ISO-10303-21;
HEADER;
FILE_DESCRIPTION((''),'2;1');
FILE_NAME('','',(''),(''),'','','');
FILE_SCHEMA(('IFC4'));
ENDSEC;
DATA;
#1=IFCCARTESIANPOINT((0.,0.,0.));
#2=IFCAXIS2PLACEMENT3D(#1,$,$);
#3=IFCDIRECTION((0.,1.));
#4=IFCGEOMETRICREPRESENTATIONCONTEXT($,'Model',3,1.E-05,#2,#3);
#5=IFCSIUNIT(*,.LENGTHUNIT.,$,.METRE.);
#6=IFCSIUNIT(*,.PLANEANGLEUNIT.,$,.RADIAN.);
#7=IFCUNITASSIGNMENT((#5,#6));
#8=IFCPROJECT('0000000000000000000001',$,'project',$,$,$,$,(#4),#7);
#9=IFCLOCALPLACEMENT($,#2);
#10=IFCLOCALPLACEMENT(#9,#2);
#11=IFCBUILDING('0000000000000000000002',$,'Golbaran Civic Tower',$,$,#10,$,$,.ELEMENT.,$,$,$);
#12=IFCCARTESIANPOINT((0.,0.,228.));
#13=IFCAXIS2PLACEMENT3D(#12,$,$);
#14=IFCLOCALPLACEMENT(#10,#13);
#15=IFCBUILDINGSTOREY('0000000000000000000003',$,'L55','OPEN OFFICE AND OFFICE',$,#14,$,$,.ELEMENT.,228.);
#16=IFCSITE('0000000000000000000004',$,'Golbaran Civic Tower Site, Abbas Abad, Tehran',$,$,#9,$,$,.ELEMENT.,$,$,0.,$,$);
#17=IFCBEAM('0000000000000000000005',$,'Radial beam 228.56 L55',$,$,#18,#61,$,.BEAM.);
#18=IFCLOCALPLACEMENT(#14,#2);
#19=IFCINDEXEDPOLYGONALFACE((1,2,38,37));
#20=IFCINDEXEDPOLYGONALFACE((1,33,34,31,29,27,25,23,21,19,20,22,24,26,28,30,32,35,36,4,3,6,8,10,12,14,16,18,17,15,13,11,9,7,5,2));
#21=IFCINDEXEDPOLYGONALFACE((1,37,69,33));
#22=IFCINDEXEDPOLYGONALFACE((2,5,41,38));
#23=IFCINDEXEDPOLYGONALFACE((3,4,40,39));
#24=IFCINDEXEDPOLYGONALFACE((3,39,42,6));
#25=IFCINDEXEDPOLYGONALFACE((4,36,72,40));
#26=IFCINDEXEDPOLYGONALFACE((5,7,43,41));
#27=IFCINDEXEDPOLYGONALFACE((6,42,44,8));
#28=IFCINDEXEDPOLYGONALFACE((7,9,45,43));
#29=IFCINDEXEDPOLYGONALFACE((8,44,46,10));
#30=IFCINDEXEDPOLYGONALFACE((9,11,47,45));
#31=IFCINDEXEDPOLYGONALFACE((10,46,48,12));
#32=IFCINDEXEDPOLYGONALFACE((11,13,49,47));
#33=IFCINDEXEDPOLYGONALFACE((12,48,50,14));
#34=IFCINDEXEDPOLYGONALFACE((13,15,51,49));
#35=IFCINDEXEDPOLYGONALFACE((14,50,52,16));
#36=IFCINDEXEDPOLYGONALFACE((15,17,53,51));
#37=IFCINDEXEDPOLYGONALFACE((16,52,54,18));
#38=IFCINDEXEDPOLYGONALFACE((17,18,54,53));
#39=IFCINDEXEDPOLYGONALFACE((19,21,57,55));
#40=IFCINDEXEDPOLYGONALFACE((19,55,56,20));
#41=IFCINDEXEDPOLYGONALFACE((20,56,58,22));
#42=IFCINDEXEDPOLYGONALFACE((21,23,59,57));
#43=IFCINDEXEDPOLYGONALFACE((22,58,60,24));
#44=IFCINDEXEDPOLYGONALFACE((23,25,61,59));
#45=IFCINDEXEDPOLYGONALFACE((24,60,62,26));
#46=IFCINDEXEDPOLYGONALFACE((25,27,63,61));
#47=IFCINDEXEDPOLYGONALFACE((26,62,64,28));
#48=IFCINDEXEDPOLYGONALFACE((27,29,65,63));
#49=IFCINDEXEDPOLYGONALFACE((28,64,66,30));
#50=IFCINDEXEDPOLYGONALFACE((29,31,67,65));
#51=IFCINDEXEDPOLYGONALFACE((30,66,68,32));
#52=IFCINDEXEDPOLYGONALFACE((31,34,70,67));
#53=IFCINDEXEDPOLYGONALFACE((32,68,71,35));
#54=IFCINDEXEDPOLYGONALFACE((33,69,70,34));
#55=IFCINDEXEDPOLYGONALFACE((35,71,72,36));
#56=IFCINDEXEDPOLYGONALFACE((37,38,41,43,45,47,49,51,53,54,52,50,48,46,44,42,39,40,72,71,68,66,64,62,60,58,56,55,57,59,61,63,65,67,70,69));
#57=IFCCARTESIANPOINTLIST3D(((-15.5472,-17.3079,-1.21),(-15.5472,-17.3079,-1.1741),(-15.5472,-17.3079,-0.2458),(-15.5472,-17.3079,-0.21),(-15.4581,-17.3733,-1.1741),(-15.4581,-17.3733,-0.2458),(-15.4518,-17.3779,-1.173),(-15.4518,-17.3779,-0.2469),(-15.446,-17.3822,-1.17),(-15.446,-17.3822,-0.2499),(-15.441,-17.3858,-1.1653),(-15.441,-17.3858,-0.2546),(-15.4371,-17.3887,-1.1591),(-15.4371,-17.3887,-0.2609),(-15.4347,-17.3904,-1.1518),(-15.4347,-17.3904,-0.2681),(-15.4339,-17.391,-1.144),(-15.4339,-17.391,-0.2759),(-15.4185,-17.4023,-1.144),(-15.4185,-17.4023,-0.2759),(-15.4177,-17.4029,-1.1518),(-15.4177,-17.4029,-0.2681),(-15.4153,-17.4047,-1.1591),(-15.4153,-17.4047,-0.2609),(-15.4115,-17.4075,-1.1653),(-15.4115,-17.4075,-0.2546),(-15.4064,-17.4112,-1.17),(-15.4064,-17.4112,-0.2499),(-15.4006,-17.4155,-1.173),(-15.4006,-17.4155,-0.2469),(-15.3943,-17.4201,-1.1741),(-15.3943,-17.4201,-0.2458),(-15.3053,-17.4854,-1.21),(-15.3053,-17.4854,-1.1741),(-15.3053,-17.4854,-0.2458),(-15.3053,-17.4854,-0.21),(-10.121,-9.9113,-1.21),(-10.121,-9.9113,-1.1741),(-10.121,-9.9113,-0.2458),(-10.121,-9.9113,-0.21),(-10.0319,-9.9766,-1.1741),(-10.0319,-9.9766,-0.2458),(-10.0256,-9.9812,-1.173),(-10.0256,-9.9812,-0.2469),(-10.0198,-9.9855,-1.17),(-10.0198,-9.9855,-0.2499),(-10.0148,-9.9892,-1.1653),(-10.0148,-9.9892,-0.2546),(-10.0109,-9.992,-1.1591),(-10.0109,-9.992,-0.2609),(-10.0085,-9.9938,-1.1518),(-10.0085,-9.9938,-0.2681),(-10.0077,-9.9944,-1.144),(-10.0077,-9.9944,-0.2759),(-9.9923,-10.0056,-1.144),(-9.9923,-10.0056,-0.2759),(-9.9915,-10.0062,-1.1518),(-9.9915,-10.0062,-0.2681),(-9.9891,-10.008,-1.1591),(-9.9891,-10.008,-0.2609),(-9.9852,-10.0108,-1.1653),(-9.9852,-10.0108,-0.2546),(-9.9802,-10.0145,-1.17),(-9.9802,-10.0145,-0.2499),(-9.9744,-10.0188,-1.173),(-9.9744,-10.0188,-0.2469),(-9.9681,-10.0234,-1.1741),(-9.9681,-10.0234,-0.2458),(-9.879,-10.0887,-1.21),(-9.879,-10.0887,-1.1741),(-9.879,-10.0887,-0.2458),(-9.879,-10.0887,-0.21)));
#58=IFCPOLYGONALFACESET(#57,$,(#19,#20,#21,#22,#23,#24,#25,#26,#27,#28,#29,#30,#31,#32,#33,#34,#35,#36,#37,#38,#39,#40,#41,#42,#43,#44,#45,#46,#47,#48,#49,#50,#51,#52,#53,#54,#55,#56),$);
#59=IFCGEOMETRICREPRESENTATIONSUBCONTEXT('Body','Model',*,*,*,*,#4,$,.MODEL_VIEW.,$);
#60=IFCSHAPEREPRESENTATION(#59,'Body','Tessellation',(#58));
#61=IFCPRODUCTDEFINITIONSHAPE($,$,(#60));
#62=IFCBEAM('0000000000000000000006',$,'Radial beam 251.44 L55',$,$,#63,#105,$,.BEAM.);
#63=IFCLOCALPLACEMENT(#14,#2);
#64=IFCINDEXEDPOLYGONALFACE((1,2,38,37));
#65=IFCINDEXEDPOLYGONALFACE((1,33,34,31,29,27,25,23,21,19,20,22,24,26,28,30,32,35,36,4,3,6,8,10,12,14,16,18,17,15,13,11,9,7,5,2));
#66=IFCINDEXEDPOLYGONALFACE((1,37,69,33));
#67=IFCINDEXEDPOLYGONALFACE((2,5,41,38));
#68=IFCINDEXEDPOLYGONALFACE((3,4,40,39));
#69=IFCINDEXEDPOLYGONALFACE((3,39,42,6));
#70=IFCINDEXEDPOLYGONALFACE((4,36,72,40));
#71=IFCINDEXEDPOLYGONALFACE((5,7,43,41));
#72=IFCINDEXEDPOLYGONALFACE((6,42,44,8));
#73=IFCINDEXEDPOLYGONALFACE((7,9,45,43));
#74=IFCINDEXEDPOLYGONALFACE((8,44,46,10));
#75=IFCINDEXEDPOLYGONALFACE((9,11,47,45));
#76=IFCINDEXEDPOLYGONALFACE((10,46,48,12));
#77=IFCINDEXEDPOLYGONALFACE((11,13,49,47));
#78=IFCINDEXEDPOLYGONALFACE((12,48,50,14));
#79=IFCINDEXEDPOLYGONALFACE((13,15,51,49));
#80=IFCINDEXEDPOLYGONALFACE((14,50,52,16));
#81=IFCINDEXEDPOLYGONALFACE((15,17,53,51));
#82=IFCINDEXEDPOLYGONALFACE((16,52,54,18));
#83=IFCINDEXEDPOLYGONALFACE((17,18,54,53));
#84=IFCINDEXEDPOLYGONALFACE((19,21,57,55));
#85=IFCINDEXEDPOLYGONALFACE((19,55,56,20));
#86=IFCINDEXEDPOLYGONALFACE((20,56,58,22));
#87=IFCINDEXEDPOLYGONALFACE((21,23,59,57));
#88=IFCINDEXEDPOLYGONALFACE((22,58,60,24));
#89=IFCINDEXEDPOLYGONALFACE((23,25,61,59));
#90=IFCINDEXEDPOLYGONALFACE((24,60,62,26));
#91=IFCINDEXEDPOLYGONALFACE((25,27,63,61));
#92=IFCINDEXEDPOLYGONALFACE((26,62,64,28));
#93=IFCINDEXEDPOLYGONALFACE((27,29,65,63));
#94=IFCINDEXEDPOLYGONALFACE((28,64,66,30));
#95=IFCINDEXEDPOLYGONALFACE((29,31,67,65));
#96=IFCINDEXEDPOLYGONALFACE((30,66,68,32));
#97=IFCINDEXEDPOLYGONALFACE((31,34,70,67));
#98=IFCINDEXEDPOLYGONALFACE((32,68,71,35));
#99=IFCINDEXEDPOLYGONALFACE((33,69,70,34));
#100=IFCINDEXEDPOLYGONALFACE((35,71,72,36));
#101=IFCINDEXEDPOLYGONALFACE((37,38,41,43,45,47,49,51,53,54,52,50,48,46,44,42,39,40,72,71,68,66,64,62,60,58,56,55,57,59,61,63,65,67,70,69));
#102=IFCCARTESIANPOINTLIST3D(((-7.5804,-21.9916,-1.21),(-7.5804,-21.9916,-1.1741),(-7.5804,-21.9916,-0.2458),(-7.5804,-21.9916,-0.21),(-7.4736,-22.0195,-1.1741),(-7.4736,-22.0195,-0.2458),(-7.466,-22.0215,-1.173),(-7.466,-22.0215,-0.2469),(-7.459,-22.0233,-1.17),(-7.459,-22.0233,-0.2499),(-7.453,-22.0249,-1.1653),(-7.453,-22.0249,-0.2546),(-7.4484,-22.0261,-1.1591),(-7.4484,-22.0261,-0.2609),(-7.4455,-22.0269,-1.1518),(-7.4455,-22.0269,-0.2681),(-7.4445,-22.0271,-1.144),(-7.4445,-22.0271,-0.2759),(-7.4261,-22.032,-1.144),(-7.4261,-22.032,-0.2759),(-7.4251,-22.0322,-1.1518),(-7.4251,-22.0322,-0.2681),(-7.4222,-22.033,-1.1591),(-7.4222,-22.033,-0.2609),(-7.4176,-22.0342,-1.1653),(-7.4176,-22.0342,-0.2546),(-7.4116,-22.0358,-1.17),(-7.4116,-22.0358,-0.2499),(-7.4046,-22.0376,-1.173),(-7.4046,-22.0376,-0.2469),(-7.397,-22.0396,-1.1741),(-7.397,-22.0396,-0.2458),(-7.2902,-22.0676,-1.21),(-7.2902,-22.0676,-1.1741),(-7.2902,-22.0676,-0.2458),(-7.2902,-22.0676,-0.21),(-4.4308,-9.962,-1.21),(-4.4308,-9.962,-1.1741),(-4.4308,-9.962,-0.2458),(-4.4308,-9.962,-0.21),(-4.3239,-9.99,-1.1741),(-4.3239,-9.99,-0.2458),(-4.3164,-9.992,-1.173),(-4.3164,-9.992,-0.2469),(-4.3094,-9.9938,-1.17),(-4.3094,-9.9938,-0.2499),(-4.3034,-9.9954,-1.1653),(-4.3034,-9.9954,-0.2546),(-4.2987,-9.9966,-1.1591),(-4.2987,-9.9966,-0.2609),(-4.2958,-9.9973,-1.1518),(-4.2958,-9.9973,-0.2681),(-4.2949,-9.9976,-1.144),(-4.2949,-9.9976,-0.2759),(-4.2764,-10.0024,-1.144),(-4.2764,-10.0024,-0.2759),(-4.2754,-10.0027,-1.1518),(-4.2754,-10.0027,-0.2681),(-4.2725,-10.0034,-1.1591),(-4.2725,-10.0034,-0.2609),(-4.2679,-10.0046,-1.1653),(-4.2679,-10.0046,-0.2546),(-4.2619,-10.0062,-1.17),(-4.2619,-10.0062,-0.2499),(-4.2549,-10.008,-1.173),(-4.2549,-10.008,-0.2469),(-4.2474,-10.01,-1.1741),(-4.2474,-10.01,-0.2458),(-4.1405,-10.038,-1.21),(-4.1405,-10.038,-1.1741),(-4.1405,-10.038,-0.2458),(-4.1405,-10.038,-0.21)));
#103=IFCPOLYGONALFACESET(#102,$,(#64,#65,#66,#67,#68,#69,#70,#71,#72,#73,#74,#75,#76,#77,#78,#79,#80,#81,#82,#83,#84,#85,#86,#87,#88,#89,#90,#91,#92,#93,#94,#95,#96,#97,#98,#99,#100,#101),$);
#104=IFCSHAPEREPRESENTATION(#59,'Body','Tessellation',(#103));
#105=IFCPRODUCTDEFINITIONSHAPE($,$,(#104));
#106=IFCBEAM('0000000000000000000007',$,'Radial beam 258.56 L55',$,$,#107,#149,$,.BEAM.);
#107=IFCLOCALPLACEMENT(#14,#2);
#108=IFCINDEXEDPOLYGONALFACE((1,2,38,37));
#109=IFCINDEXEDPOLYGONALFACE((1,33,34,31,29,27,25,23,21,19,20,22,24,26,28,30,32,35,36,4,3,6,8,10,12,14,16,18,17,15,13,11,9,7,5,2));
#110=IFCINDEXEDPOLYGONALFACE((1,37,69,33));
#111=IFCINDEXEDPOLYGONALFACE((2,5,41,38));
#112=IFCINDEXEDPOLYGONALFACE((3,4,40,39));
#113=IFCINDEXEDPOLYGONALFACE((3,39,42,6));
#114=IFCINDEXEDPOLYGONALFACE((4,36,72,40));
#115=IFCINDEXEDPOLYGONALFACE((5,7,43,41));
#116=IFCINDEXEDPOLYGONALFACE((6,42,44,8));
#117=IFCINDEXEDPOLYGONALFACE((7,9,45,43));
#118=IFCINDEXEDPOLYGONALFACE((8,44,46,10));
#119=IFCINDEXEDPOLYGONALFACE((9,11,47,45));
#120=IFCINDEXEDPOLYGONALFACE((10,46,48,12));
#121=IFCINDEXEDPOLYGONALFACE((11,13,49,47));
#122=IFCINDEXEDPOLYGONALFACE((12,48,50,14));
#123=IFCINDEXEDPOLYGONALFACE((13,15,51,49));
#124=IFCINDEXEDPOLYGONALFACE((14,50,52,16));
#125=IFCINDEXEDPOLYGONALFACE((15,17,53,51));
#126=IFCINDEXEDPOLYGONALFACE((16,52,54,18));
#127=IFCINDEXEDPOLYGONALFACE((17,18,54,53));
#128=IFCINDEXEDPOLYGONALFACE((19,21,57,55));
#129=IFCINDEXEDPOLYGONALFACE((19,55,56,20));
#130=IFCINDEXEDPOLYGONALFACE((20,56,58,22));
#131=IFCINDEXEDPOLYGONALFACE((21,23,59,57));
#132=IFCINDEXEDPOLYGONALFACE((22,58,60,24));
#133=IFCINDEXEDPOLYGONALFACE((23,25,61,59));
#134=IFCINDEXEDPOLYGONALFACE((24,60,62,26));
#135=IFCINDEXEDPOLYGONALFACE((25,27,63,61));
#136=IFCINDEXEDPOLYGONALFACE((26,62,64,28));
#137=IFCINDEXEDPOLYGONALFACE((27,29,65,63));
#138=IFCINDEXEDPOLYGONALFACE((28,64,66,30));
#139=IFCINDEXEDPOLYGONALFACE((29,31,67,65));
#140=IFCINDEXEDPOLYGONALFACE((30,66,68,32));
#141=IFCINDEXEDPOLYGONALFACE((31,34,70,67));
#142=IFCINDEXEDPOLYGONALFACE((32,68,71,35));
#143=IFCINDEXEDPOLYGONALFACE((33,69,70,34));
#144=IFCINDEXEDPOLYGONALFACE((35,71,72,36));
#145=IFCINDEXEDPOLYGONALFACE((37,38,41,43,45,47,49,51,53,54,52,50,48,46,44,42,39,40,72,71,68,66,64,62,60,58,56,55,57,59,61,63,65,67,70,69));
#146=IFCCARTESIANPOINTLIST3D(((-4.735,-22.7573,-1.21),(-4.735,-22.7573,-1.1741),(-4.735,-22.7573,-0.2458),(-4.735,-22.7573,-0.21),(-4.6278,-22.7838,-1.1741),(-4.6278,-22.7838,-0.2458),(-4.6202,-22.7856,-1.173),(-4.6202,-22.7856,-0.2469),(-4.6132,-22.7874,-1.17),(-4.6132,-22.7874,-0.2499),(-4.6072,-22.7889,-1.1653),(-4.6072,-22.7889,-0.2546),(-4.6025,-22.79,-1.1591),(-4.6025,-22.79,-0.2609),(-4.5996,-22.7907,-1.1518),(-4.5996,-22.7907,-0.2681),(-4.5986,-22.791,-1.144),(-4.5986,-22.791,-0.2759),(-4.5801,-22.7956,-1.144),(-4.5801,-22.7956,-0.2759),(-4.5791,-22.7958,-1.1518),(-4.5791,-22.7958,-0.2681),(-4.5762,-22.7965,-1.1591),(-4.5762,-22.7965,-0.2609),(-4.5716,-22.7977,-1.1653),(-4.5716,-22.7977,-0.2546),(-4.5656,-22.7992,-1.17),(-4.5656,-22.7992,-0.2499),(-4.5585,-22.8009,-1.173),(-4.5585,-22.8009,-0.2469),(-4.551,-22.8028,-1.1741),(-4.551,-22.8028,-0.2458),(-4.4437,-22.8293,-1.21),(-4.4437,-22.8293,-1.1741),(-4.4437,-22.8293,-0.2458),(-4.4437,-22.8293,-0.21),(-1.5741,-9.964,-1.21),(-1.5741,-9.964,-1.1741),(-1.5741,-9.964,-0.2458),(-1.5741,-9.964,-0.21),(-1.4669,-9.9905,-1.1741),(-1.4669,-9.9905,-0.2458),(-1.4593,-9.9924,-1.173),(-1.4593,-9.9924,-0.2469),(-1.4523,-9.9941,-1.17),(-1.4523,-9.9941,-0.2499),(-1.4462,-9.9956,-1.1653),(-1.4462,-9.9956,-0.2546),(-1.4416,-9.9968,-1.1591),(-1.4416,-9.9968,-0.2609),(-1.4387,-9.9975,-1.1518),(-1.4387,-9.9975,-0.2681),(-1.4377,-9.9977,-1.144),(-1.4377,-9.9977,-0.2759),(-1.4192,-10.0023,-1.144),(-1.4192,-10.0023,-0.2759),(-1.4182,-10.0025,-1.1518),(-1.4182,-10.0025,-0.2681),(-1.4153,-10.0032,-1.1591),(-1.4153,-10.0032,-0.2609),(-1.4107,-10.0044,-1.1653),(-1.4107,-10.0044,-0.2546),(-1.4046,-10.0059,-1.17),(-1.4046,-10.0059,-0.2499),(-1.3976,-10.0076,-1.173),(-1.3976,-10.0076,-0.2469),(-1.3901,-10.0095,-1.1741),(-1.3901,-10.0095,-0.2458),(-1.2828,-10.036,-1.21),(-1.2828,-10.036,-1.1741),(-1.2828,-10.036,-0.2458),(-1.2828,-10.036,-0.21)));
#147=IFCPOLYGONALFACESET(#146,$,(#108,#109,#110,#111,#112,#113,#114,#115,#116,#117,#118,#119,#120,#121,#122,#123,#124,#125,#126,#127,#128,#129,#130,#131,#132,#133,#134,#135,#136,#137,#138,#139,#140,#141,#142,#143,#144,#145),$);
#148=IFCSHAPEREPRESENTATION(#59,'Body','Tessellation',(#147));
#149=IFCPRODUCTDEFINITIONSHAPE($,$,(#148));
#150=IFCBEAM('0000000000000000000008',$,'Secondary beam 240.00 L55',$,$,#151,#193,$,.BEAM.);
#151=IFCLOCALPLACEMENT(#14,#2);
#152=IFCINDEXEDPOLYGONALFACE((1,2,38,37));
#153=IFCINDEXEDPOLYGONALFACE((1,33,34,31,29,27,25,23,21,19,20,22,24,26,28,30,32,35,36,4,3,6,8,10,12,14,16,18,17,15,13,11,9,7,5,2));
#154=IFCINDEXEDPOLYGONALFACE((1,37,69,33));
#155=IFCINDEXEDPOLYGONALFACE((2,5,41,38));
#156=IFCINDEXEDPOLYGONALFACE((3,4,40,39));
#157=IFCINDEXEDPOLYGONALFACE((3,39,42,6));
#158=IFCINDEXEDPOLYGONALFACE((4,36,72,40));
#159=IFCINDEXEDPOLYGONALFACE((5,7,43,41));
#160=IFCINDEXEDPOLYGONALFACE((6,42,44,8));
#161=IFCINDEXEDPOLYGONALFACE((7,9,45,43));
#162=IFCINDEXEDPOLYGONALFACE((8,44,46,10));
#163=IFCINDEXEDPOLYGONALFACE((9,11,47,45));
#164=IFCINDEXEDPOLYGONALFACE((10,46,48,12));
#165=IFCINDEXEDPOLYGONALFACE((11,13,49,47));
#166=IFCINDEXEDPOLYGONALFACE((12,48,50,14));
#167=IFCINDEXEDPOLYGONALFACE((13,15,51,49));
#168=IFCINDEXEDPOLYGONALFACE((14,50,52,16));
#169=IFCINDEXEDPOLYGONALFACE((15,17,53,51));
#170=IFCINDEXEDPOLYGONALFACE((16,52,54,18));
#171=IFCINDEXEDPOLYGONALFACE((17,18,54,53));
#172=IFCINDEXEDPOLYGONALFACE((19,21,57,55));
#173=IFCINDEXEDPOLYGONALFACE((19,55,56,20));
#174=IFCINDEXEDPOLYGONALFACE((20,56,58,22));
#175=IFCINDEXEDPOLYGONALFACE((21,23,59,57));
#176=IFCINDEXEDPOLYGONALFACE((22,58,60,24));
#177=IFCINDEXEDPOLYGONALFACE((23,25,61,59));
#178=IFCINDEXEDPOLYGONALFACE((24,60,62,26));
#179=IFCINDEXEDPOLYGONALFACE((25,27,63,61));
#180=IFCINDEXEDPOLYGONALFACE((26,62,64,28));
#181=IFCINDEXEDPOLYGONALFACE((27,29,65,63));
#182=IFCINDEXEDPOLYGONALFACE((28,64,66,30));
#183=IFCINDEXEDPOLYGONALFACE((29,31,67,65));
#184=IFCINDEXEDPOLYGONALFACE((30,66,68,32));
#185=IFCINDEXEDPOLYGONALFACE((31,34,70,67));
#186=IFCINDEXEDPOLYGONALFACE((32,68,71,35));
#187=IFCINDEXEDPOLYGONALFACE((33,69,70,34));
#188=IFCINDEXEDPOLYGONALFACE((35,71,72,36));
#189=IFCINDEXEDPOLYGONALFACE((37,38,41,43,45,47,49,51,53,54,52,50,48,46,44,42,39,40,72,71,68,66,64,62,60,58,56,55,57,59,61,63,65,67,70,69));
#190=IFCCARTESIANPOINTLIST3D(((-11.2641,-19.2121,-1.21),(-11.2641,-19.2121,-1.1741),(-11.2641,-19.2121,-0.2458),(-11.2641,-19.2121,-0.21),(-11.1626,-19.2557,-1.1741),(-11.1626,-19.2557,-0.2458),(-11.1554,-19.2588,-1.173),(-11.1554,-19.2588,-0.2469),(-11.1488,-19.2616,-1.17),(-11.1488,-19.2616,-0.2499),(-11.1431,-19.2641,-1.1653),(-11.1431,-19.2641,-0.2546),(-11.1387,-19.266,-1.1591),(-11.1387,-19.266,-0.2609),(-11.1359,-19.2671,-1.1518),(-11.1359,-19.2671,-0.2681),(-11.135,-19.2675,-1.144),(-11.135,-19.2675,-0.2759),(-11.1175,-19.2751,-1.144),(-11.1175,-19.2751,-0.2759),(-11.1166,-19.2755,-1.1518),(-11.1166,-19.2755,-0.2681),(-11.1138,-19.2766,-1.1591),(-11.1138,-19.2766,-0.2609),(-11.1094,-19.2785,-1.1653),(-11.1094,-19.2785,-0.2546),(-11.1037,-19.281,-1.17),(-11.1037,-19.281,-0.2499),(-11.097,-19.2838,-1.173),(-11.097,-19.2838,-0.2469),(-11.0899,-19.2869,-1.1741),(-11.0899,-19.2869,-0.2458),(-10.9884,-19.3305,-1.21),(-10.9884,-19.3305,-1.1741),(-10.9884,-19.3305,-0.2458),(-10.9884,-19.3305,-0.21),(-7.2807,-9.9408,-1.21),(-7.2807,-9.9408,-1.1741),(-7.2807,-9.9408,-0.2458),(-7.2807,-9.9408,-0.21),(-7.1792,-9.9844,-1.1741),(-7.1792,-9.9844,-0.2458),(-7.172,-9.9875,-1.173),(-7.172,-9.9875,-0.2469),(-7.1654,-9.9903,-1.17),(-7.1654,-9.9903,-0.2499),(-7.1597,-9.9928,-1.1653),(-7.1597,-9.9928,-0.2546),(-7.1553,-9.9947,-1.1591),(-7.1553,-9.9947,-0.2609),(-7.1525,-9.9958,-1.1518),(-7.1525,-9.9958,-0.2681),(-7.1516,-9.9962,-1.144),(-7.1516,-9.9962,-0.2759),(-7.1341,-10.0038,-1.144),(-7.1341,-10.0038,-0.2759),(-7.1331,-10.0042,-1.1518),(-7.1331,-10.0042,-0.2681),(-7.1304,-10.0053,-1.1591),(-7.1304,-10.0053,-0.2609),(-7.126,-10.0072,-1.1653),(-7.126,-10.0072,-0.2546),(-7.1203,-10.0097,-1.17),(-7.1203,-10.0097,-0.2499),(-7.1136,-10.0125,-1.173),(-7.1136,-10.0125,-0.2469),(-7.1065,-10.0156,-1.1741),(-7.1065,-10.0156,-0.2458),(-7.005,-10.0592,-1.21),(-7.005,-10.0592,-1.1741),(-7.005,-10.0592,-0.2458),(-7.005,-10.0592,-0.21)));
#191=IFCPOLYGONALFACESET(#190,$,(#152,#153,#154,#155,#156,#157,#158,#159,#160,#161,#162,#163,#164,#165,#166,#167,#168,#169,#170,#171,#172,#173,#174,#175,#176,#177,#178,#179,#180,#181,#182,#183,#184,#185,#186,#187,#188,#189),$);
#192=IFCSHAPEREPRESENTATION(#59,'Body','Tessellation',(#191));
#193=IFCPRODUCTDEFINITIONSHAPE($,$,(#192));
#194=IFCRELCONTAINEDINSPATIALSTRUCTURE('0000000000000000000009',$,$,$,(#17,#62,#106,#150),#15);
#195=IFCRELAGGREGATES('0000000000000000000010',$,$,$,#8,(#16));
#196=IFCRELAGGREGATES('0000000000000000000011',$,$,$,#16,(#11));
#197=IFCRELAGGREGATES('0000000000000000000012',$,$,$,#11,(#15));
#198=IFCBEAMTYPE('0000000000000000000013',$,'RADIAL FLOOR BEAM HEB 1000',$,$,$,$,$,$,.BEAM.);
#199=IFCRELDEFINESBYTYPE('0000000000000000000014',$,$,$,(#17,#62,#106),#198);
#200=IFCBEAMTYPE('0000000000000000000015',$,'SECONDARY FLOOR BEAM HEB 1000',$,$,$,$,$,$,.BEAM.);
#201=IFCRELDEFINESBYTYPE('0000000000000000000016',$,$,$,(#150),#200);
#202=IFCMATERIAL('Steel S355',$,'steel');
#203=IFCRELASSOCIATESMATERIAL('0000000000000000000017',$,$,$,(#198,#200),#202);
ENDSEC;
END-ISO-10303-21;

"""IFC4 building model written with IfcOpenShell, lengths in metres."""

from ifc_helpers import new_model, si_unit, direction, frame, origin, origin_2d, place, context, subcontext, project, spatial, i_section, extrude, material, material_profile, profile_set, type_object, element, save


model = new_model("IFC4")

# Units and contexts
model_context = context("Model", 3, precision=1e-05, world=origin(), true_north=direction((0.0, 1.0)))
body_context = subcontext(model_context, "Body", "Model", "MODEL_VIEW")
ifc_project = project(units=[si_unit("LENGTHUNIT", "METRE"), si_unit("PLANEANGLEUNIT", "RADIAN")], contexts=[model_context])

# Site, building, storey
site_placement = place(None, origin())
site = spatial("IfcSite", under=ifc_project, at=site_placement, Name="Golbaran Civic Tower Site, Abbas Abad, Tehran", CompositionType="ELEMENT", RefElevation=0.0)
building_placement = place(site_placement, origin())
building = spatial("IfcBuilding", under=site, at=building_placement, Name="Golbaran Civic Tower", CompositionType="ELEMENT")
storey_placement = place(building_placement, frame((0.0, 0.0, 228.0)))
storey = spatial("IfcBuildingStorey", under=building, at=storey_placement, Name="L55", Description="OPEN OFFICE AND OFFICE", CompositionType="ELEMENT", Elevation=228.0)

# Beams
ifc_material_1 = material(Name="Steel S355", Category="steel")
ifc_material_profile_1 = material_profile(ifc_material_1, i_section(OverallWidth=0.3, OverallDepth=1.0, WebThickness=0.019, FlangeThickness=0.0359, FilletRadius=0.03, at=origin_2d()), Name="HEB 1000")
ifc_profile_set_1 = profile_set([ifc_material_profile_1], Name="Steel S355")
beam_type_1 = type_object("IfcBeamType", Name="RADIAL FLOOR BEAM HEB 1000", PredefinedType="BEAM", material=ifc_profile_set_1)
beam_1_placement = place(storey_placement, frame((-10.0, -10.0, -0.71), z_axis=(-0.591506, -0.806301, 0.0), x_axis=(0.806301, -0.591506, 0.0)))
element("IfcBeam", 1, at=beam_1_placement, inside=storey, type_object=beam_type_1, Name="Radial beam 228.56 L55", PredefinedType="BEAM", context=body_context, shape_type="SweptSolid", body=[
    extrude(i_section(OverallWidth=0.3, OverallDepth=1.0, WebThickness=0.019, FlangeThickness=0.0359, FilletRadius=0.03, at=origin_2d()), origin(), (0.0, 0.0, 1.0), 9.1736),
])
beam_2_placement = place(storey_placement, frame((-4.2856, -10.0, -0.71), z_axis=(-0.253289, -0.967391, 0.0), x_axis=(0.967391, -0.253289, 0.0)))
element("IfcBeam", 2, at=beam_2_placement, inside=storey, type_object=beam_type_1, Name="Radial beam 251.44 L55", PredefinedType="BEAM", context=body_context, shape_type="SweptSolid", body=[
    extrude(i_section(OverallWidth=0.3, OverallDepth=1.0, WebThickness=0.019, FlangeThickness=0.0359, FilletRadius=0.03, at=origin_2d()), origin(), (0.0, 0.0, 1.0), 12.4351),
])
beam_3_placement = place(storey_placement, frame((-1.4285, -10.0, -0.71), z_axis=(-0.239863, -0.970807, 0.0), x_axis=(0.970807, -0.239863, 0.0)))
element("IfcBeam", 3, at=beam_3_placement, inside=storey, type_object=beam_type_1, Name="Radial beam 258.56 L55", PredefinedType="BEAM", context=body_context, shape_type="SweptSolid", body=[
    extrude(i_section(OverallWidth=0.3, OverallDepth=1.0, WebThickness=0.019, FlangeThickness=0.0359, FilletRadius=0.03, at=origin_2d()), origin(), (0.0, 0.0, 1.0), 13.178),
])
ifc_material_profile_2 = material_profile(ifc_material_1, i_section(OverallWidth=0.3, OverallDepth=1.0, WebThickness=0.019, FlangeThickness=0.0359, FilletRadius=0.03, at=origin_2d()), Name="HEB 1000")
ifc_profile_set_2 = profile_set([ifc_material_profile_2], Name="Steel S355")
beam_type_2 = type_object("IfcBeamType", Name="SECONDARY FLOOR BEAM HEB 1000", PredefinedType="BEAM", material=ifc_profile_set_2)
beam_4_placement = place(storey_placement, frame((-7.1428, -10.0, -0.71), z_axis=(-0.394757, -0.918785, 0.0), x_axis=(0.918785, -0.394757, 0.0)))
element("IfcBeam", 4, at=beam_4_placement, inside=storey, type_object=beam_type_2, Name="Secondary beam 240.00 L55", PredefinedType="BEAM", context=body_context, shape_type="SweptSolid", body=[
    extrude(i_section(OverallWidth=0.3, OverallDepth=1.0, WebThickness=0.019, FlangeThickness=0.0359, FilletRadius=0.03, at=origin_2d()), origin(), (0.0, 0.0, 1.0), 10.0908),
])

save(model, "model.ifc")
